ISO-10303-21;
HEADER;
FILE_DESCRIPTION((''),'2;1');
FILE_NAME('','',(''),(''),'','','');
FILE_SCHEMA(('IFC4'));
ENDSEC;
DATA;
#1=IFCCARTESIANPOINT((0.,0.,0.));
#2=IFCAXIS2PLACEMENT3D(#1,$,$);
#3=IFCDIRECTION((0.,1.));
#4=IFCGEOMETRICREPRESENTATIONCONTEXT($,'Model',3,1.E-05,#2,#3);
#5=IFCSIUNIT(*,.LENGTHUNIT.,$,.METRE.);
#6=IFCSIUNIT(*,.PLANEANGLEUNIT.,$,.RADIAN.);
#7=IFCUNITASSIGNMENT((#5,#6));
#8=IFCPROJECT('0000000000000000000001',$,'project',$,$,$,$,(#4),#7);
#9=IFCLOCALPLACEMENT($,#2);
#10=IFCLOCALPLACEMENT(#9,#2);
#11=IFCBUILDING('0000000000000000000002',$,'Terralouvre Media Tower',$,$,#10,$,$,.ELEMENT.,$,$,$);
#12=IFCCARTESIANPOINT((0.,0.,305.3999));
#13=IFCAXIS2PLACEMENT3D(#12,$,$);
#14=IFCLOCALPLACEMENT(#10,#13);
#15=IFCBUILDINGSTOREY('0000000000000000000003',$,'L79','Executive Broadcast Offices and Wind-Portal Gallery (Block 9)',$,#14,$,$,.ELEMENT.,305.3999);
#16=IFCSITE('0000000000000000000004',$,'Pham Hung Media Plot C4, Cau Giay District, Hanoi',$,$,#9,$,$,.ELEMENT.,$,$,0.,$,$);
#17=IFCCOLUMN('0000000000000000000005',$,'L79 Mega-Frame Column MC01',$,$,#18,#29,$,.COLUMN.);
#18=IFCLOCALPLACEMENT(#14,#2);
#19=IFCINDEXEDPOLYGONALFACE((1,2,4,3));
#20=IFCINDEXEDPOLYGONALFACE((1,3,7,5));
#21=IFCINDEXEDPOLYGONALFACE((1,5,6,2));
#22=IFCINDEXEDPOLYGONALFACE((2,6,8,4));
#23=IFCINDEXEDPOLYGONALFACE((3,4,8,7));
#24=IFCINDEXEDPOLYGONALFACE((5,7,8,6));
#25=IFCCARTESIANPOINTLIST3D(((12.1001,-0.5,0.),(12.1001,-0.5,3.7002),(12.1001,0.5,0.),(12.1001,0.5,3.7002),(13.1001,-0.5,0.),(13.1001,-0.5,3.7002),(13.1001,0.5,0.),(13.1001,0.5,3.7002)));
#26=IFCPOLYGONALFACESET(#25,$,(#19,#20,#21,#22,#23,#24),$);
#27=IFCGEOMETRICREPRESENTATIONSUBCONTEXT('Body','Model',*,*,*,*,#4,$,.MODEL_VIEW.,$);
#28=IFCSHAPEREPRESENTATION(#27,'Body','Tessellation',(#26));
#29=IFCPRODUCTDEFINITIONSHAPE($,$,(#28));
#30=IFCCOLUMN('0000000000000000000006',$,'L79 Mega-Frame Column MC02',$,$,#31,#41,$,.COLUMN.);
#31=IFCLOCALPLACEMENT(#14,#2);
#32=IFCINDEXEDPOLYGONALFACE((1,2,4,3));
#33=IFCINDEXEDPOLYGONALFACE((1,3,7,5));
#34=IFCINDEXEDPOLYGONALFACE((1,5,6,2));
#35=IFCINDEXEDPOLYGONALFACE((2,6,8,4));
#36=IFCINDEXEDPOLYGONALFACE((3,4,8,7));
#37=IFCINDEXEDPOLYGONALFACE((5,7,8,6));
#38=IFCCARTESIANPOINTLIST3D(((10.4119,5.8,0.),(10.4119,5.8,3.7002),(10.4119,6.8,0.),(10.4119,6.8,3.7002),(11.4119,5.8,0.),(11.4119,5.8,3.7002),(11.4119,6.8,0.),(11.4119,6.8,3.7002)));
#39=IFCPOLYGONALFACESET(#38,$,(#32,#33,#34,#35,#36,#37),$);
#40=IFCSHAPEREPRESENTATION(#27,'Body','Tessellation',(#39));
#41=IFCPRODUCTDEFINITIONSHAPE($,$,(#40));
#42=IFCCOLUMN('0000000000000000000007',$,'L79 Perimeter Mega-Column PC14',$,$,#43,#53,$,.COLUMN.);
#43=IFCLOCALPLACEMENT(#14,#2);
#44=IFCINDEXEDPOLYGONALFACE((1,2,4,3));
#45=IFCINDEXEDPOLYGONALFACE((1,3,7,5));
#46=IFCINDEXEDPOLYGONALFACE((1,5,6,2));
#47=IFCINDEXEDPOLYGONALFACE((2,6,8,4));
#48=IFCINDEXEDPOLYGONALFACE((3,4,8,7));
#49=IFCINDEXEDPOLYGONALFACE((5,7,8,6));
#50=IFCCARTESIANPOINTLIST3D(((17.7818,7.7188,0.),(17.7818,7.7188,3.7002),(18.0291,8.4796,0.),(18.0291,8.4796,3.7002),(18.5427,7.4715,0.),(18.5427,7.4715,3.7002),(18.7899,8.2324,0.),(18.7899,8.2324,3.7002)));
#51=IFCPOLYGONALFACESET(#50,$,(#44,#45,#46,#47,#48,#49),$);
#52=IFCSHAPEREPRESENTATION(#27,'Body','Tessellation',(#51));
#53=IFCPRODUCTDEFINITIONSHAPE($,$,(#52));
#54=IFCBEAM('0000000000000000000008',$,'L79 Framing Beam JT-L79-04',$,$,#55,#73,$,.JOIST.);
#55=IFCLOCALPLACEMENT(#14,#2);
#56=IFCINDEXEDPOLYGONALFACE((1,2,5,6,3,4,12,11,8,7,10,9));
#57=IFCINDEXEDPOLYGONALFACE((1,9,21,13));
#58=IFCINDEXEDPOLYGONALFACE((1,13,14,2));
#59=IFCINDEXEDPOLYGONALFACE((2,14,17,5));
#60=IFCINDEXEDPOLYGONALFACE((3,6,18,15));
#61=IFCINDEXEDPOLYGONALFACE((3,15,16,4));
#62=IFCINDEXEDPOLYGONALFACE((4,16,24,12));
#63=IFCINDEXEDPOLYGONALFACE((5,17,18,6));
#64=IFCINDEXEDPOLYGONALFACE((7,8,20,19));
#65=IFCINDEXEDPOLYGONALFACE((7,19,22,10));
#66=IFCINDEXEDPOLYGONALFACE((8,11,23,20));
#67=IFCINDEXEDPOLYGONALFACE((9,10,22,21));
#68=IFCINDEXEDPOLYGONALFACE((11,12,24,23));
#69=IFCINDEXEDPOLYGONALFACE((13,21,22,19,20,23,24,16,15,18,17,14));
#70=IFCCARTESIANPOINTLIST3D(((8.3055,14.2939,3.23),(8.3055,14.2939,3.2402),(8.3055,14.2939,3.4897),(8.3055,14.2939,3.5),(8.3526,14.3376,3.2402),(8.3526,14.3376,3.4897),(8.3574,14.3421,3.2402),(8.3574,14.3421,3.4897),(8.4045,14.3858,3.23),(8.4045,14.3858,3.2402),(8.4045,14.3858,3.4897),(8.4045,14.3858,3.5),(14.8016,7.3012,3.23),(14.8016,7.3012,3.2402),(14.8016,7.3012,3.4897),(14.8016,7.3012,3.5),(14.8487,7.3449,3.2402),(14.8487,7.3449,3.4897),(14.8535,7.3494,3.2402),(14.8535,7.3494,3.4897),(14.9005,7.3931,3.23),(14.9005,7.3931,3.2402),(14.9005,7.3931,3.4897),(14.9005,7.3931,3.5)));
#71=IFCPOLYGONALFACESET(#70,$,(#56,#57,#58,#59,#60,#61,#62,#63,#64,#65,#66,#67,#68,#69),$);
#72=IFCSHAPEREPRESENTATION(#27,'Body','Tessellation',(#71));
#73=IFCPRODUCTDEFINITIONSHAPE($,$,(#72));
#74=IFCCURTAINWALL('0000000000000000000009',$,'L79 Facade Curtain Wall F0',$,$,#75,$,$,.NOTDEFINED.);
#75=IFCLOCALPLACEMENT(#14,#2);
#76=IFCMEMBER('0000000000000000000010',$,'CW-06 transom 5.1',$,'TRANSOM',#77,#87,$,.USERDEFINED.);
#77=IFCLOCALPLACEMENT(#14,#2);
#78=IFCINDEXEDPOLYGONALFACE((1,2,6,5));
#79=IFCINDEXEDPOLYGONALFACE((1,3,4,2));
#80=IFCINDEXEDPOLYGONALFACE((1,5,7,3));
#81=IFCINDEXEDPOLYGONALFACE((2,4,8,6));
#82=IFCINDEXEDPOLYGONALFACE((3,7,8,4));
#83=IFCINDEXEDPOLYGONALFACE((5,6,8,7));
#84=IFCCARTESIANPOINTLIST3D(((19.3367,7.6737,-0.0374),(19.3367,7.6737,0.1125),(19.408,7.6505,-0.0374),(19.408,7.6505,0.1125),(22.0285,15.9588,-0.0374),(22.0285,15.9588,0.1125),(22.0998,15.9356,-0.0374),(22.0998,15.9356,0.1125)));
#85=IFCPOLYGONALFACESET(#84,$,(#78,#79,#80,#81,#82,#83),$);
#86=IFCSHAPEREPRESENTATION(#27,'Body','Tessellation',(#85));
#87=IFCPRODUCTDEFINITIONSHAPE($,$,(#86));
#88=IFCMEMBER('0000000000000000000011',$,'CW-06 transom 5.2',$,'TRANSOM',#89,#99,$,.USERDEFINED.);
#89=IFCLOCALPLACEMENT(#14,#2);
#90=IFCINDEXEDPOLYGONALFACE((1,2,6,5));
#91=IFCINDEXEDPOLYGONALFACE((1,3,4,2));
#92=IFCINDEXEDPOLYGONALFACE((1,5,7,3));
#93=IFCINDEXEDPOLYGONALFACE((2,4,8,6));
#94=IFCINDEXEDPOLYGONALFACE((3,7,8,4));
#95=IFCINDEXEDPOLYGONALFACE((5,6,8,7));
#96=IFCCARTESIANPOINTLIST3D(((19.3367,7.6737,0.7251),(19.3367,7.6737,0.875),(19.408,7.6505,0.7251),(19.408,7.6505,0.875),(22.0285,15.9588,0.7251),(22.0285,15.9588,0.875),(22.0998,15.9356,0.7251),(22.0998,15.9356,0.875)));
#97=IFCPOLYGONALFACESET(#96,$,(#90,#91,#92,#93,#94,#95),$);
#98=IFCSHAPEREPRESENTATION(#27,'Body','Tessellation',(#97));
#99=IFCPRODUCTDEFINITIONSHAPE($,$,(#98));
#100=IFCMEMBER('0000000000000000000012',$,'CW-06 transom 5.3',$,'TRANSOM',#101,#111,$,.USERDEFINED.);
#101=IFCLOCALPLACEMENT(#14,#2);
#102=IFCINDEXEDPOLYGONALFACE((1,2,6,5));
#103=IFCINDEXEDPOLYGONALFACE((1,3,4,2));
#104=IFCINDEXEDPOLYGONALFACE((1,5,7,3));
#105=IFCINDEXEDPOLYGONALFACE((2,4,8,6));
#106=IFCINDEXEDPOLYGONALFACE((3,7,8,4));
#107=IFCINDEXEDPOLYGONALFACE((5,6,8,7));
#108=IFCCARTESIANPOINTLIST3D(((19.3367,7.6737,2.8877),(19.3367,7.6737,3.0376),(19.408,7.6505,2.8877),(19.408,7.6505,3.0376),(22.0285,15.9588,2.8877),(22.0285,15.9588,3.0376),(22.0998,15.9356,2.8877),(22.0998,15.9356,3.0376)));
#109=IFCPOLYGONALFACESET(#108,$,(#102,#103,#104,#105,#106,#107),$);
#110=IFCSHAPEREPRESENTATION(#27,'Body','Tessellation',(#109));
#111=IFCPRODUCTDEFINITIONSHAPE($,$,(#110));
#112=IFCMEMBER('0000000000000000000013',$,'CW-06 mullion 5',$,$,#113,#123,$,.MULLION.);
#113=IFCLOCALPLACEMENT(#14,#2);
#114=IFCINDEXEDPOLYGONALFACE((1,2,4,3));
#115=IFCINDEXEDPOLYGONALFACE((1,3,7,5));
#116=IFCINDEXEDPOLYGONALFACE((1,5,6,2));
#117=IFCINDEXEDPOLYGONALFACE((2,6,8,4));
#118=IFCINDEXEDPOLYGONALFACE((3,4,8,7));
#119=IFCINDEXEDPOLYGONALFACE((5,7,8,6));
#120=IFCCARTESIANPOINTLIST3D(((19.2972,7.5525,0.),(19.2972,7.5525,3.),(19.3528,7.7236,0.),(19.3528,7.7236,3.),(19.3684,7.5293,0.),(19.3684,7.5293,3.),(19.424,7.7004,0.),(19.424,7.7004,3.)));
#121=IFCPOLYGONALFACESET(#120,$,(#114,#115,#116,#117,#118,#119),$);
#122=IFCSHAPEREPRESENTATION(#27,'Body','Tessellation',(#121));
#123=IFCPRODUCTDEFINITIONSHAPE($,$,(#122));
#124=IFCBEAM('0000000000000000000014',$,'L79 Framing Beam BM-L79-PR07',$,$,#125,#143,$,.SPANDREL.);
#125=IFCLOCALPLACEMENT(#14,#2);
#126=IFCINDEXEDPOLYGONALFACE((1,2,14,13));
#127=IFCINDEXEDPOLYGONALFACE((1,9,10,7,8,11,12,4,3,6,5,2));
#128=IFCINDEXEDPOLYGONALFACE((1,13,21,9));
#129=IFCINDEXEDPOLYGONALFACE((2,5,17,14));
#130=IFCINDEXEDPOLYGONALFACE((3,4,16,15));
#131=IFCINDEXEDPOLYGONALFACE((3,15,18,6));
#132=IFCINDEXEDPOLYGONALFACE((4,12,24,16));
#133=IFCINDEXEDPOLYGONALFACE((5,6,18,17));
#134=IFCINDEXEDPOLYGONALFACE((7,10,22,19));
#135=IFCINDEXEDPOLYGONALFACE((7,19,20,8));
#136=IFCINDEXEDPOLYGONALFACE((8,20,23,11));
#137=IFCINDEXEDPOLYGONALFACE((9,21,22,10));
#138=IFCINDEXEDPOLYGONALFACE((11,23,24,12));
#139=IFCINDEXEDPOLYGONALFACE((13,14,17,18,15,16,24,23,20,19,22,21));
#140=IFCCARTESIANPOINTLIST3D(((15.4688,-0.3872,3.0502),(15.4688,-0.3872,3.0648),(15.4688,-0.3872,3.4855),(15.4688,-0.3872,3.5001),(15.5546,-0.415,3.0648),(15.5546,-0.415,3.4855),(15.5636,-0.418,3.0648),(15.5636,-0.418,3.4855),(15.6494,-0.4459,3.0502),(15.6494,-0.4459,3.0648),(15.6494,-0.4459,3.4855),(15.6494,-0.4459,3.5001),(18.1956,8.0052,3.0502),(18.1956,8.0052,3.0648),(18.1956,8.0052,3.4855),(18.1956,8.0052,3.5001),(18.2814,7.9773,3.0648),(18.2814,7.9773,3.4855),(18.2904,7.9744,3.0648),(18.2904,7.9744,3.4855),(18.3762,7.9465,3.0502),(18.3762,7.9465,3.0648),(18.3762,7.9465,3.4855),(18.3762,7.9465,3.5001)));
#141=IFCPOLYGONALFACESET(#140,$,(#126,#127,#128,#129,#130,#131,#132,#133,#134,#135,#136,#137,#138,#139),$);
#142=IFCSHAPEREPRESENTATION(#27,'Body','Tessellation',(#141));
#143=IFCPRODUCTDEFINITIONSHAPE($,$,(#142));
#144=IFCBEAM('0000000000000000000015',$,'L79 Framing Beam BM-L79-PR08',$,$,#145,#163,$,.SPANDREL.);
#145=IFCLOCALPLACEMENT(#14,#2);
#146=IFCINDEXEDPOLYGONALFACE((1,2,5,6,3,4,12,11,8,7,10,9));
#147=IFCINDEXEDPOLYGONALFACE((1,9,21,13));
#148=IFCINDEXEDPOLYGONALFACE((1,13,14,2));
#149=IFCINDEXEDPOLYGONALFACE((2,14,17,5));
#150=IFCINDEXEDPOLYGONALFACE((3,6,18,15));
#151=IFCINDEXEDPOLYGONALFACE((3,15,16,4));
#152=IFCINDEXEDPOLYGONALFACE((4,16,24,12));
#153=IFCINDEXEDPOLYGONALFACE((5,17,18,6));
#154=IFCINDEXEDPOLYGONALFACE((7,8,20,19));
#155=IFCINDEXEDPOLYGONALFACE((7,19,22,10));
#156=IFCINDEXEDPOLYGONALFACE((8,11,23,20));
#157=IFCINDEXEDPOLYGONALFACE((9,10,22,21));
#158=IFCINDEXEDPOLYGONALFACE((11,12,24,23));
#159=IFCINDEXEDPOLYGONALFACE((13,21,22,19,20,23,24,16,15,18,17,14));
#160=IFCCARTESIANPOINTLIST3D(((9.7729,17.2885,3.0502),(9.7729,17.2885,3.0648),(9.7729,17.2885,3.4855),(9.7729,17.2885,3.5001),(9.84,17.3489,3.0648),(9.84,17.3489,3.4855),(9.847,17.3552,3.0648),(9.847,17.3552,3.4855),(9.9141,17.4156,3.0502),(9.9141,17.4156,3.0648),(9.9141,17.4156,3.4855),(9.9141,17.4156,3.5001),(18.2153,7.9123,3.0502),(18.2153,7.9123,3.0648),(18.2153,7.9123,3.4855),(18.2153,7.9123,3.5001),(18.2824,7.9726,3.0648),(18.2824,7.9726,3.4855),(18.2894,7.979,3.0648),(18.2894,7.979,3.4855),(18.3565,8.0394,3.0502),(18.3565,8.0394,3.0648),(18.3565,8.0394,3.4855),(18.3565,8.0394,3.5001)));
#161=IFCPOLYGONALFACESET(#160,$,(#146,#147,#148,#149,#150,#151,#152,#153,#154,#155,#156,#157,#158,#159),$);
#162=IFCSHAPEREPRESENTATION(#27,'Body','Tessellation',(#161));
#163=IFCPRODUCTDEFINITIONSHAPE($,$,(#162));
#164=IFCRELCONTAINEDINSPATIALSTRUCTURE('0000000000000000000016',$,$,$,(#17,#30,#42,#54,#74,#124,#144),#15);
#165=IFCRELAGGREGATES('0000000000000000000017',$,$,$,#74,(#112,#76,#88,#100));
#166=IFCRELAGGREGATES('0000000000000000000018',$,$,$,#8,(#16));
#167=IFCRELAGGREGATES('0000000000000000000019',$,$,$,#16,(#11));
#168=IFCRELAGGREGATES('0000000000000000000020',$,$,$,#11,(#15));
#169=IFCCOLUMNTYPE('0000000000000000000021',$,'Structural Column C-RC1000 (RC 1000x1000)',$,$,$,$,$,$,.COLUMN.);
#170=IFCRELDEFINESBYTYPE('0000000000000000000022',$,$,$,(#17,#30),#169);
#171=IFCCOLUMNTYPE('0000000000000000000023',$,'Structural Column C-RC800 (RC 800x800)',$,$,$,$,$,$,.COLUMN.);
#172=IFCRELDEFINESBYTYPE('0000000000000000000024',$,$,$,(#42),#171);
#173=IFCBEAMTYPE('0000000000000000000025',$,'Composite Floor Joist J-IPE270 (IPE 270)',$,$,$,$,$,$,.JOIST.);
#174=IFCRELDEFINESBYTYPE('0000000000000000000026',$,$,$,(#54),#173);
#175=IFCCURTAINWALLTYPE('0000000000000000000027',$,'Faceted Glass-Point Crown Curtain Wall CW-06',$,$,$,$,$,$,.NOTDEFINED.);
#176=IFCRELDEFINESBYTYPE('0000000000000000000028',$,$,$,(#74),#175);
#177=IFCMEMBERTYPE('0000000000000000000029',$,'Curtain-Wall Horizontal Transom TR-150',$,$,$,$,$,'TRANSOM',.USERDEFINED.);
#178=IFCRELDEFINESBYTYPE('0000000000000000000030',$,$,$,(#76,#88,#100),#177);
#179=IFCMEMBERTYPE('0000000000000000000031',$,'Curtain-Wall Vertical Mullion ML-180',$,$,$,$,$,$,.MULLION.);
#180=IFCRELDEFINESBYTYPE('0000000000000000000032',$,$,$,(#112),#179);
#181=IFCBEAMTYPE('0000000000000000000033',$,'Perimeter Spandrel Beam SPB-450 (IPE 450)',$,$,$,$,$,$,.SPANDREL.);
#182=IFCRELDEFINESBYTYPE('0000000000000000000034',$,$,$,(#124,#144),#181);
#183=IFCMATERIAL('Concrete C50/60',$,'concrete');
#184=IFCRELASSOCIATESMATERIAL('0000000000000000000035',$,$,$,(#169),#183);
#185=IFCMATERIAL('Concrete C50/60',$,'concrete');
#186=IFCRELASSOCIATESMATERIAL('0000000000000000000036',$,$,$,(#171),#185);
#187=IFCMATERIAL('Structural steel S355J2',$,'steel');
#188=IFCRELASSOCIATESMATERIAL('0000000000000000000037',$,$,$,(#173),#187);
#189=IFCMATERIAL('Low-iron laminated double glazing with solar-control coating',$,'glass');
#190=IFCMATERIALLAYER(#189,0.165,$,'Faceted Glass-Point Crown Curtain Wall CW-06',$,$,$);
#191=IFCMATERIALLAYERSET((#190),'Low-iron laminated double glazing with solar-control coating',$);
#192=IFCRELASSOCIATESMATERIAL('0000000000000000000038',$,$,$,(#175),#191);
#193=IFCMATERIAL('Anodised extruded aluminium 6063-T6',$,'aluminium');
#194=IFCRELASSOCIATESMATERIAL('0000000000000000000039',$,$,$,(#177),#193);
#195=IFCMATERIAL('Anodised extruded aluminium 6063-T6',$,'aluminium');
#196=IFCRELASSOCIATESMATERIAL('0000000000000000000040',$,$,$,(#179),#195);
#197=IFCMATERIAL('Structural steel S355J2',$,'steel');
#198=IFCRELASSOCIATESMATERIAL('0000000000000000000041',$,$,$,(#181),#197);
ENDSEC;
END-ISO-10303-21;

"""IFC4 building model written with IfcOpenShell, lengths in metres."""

from ifc_helpers import new_model, si_unit, direction, frame, origin, origin_2d, place, context, subcontext, project, spatial, rectangle, i_section, extrude, material, layer, layer_set, material_profile, profile_set, type_object, element, aggregate, save


model = new_model("IFC4")

# Units and contexts
model_context = context("Model", 3, precision=1e-05, world=origin(), true_north=direction((0.0, 1.0)))
body_context = subcontext(model_context, "Body", "Model", "MODEL_VIEW")
ifc_project = project(units=[si_unit("LENGTHUNIT", "METRE"), si_unit("PLANEANGLEUNIT", "RADIAN")], contexts=[model_context])

# Site, building, storey
site_placement = place(None, origin())
site = spatial("IfcSite", under=ifc_project, at=site_placement, Name="Pham Hung Media Plot C4, Cau Giay District, Hanoi", CompositionType="ELEMENT", RefElevation=0.0)
building_placement = place(site_placement, origin())
building = spatial("IfcBuilding", under=site, at=building_placement, Name="Terralouvre Media Tower", CompositionType="ELEMENT")
storey_placement = place(building_placement, frame((0.0, 0.0, 305.3999)))
storey = spatial("IfcBuildingStorey", under=building, at=storey_placement, Name="L79", Description="Executive Broadcast Offices and Wind-Portal Gallery (Block 9)", CompositionType="ELEMENT", Elevation=305.3999)

# Columns
ifc_material_1 = material(Name="Concrete C50/60", Category="concrete")
ifc_material_profile_1 = material_profile(ifc_material_1, rectangle(XDim=1.0, YDim=1.0, at=origin_2d()), Name="RC 1000x1000")
ifc_profile_set_1 = profile_set([ifc_material_profile_1], Name="Concrete C50/60")
column_type_1 = type_object("IfcColumnType", Name="Structural Column C-RC1000 (RC 1000x1000)", PredefinedType="COLUMN", material=ifc_profile_set_1)
for number, where, z_axis, x_axis, name in (
    (1, (12.6001, 0.0, 0.0), (0.0, 0.0, 1.0), (1.0, 0.0, 0.0), "L79 Mega-Frame Column MC01"),
    (2, (10.9119, 6.3, 0.0), (0.0, 0.0, 1.0), (1.0, 0.0, 0.0), "L79 Mega-Frame Column MC02"),
):
    element("IfcColumn", number, at=place(storey_placement, frame(where, z_axis=z_axis, x_axis=x_axis)), inside=storey, type_object=column_type_1, Name=name, PredefinedType="COLUMN", context=body_context, shape_type="SweptSolid", body=[
        extrude(rectangle(XDim=1.0, YDim=1.0, at=origin_2d()), origin(), (0.0, 0.0, 1.0), 3.7002),
    ])
ifc_material_2 = material(Name="Concrete C50/60", Category="concrete")
ifc_material_profile_2 = material_profile(ifc_material_2, rectangle(XDim=0.8, YDim=0.8, at=origin_2d()), Name="RC 800x800")
ifc_profile_set_2 = profile_set([ifc_material_profile_2], Name="Concrete C50/60")
column_type_2 = type_object("IfcColumnType", Name="Structural Column C-RC800 (RC 800x800)", PredefinedType="COLUMN", material=ifc_profile_set_2)
column_placement = place(storey_placement, frame((18.2859, 7.9756, 0.0), z_axis=(0.0, 0.0, 1.0), x_axis=(0.309017, 0.951057, 0.0)))
element("IfcColumn", 3, at=column_placement, inside=storey, type_object=column_type_2, Name="L79 Perimeter Mega-Column PC14", PredefinedType="COLUMN", context=body_context, shape_type="SweptSolid", body=[
    extrude(rectangle(XDim=0.8, YDim=0.8, at=origin_2d()), origin(), (0.0, 0.0, 1.0), 3.7002),
])

# Beam
ifc_material_3 = material(Name="Structural steel S355J2", Category="steel")
ifc_material_profile_3 = material_profile(ifc_material_3, i_section(OverallWidth=0.135, OverallDepth=0.27, WebThickness=0.0066, FlangeThickness=0.0103, at=origin_2d()), Name="IPE 270")
ifc_profile_set_3 = profile_set([ifc_material_profile_3], Name="Structural steel S355J2")
beam_type_1 = type_object("IfcBeamType", Name="Composite Floor Joist J-IPE270 (IPE 270)", PredefinedType="JOIST", material=ifc_profile_set_3)
beam_1_placement = place(storey_placement, frame((14.8511, 7.3472, 3.365), z_axis=(-0.680614, 0.732642, 0.0), x_axis=(-0.732642, -0.680614, 0.0)))
element("IfcBeam", 4, at=beam_1_placement, inside=storey, type_object=beam_type_1, Name="L79 Framing Beam JT-L79-04", PredefinedType="JOIST", context=body_context, shape_type="SweptSolid", body=[
    extrude(i_section(OverallWidth=0.135, OverallDepth=0.27, WebThickness=0.0066, FlangeThickness=0.0103, at=origin_2d()), origin(), (0.0, 0.0, 1.0), 9.5444),
])

# Curtain wall, members
ifc_material_4 = material(Name="Low-iron laminated double glazing with solar-control coating", Category="glass")
ifc_layer_1 = layer(ifc_material_4, 0.165, Name="Faceted Glass-Point Crown Curtain Wall CW-06")
ifc_layer_set_1 = layer_set([ifc_layer_1], Name="Low-iron laminated double glazing with solar-control coating")
curtain_wall_type = type_object("IfcCurtainWallType", Name="Faceted Glass-Point Crown Curtain Wall CW-06", PredefinedType="NOTDEFINED", material=ifc_layer_set_1)
curtain_wall_placement = place(storey_placement, origin())
curtain_wall = element("IfcCurtainWall", 5, at=curtain_wall_placement, inside=storey, type_object=curtain_wall_type, Name="L79 Facade Curtain Wall F0", PredefinedType="NOTDEFINED")
ifc_material_5 = material(Name="Anodised extruded aluminium 6063-T6", Category="aluminium")
ifc_material_profile_4 = material_profile(ifc_material_5, rectangle(XDim=0.075, YDim=0.1499, at=origin_2d()), Name="ALU 75x150")
ifc_profile_set_4 = profile_set([ifc_material_profile_4], Name="Anodised extruded aluminium 6063-T6")
member_type_1 = type_object("IfcMemberType", Name="Curtain-Wall Horizontal Transom TR-150", ElementType="TRANSOM", PredefinedType="USERDEFINED", material=ifc_profile_set_4)
member_1_placement = place(storey_placement, frame((19.3723, 7.6621, 0.0376), z_axis=(0.309005, 0.95106, 0.0), x_axis=(-0.95106, 0.309005, 0.0)))
member_1 = element("IfcMember", 6, at=member_1_placement, type_object=member_type_1, Name="CW-06 transom 5.1", ObjectType="TRANSOM", PredefinedType="USERDEFINED", context=body_context, shape_type="SweptSolid", body=[
    extrude(rectangle(XDim=0.075, YDim=0.1499, at=origin_2d()), origin(), (0.0, 0.0, 1.0), 8.7114),
])
member_2_placement = place(storey_placement, frame((19.3723, 7.6621, 0.8), z_axis=(0.309005, 0.95106, 0.0), x_axis=(-0.95106, 0.309005, 0.0)))
member_2 = element("IfcMember", 7, at=member_2_placement, type_object=member_type_1, Name="CW-06 transom 5.2", ObjectType="TRANSOM", PredefinedType="USERDEFINED", context=body_context, shape_type="SweptSolid", body=[
    extrude(rectangle(XDim=0.075, YDim=0.1499, at=origin_2d()), origin(), (0.0, 0.0, 1.0), 8.7114),
])
member_3_placement = place(storey_placement, frame((19.3723, 7.6621, 2.9626), z_axis=(0.309005, 0.95106, 0.0), x_axis=(-0.95106, 0.309005, 0.0)))
member_3 = element("IfcMember", 8, at=member_3_placement, type_object=member_type_1, Name="CW-06 transom 5.3", ObjectType="TRANSOM", PredefinedType="USERDEFINED", context=body_context, shape_type="SweptSolid", body=[
    extrude(rectangle(XDim=0.075, YDim=0.1499, at=origin_2d()), origin(), (0.0, 0.0, 1.0), 8.7114),
])
ifc_material_6 = material(Name="Anodised extruded aluminium 6063-T6", Category="aluminium")
ifc_material_profile_5 = material_profile(ifc_material_6, rectangle(XDim=0.075, YDim=0.1799, at=origin_2d()), Name="ALU 75x180")
ifc_profile_set_5 = profile_set([ifc_material_profile_5], Name="Anodised extruded aluminium 6063-T6")
member_type_2 = type_object("IfcMemberType", Name="Curtain-Wall Vertical Mullion ML-180", PredefinedType="MULLION", material=ifc_profile_set_5)
member_4_placement = place(storey_placement, frame((19.3606, 7.6265, 0.0), z_axis=(0.0, 0.0, 1.0), x_axis=(-0.951057, 0.309017, 0.0)))
member_4 = element("IfcMember", 9, at=member_4_placement, type_object=member_type_2, Name="CW-06 mullion 5", PredefinedType="MULLION", context=body_context, shape_type="SweptSolid", body=[
    extrude(rectangle(XDim=0.075, YDim=0.1799, at=origin_2d()), origin(), (0.0, 0.0, 1.0), 3.0),
])

# Beams
ifc_material_7 = material(Name="Structural steel S355J2", Category="steel")
ifc_material_profile_6 = material_profile(ifc_material_7, i_section(OverallWidth=0.1899, OverallDepth=0.45, WebThickness=0.0095, FlangeThickness=0.0146, at=origin_2d()), Name="IPE 450")
ifc_profile_set_6 = profile_set([ifc_material_profile_6], Name="Structural steel S355J2")
beam_type_2 = type_object("IfcBeamType", Name="Perimeter Spandrel Beam SPB-450 (IPE 450)", PredefinedType="SPANDREL", material=ifc_profile_set_6)
beam_2_placement = place(storey_placement, frame((15.5591, -0.4165, 3.2751), z_axis=(0.309014, 0.951057, 0.0), x_axis=(-0.951057, 0.309014, 0.0)))
element("IfcBeam", 10, at=beam_2_placement, inside=storey, type_object=beam_type_2, Name="L79 Framing Beam BM-L79-PR07", PredefinedType="SPANDREL", context=body_context, shape_type="SweptSolid", body=[
    extrude(i_section(OverallWidth=0.1899, OverallDepth=0.45, WebThickness=0.0095, FlangeThickness=0.0146, at=origin_2d()), origin(), (0.0, 0.0, 1.0), 8.8242),
])
beam_3_placement = place(storey_placement, frame((18.2859, 7.9758, 3.2751), z_axis=(-0.66913, 0.743145, 0.0), x_axis=(-0.743145, -0.66913, 0.0)))
element("IfcBeam", 11, at=beam_3_placement, inside=storey, type_object=beam_type_2, Name="L79 Framing Beam BM-L79-PR08", PredefinedType="SPANDREL", context=body_context, shape_type="SweptSolid", body=[
    extrude(i_section(OverallWidth=0.1899, OverallDepth=0.45, WebThickness=0.0095, FlangeThickness=0.0146, at=origin_2d()), origin(), (0.0, 0.0, 1.0), 12.6169),
])

aggregate(curtain_wall, [member_4, member_1, member_2, member_3])

save(model, "model.ifc")
